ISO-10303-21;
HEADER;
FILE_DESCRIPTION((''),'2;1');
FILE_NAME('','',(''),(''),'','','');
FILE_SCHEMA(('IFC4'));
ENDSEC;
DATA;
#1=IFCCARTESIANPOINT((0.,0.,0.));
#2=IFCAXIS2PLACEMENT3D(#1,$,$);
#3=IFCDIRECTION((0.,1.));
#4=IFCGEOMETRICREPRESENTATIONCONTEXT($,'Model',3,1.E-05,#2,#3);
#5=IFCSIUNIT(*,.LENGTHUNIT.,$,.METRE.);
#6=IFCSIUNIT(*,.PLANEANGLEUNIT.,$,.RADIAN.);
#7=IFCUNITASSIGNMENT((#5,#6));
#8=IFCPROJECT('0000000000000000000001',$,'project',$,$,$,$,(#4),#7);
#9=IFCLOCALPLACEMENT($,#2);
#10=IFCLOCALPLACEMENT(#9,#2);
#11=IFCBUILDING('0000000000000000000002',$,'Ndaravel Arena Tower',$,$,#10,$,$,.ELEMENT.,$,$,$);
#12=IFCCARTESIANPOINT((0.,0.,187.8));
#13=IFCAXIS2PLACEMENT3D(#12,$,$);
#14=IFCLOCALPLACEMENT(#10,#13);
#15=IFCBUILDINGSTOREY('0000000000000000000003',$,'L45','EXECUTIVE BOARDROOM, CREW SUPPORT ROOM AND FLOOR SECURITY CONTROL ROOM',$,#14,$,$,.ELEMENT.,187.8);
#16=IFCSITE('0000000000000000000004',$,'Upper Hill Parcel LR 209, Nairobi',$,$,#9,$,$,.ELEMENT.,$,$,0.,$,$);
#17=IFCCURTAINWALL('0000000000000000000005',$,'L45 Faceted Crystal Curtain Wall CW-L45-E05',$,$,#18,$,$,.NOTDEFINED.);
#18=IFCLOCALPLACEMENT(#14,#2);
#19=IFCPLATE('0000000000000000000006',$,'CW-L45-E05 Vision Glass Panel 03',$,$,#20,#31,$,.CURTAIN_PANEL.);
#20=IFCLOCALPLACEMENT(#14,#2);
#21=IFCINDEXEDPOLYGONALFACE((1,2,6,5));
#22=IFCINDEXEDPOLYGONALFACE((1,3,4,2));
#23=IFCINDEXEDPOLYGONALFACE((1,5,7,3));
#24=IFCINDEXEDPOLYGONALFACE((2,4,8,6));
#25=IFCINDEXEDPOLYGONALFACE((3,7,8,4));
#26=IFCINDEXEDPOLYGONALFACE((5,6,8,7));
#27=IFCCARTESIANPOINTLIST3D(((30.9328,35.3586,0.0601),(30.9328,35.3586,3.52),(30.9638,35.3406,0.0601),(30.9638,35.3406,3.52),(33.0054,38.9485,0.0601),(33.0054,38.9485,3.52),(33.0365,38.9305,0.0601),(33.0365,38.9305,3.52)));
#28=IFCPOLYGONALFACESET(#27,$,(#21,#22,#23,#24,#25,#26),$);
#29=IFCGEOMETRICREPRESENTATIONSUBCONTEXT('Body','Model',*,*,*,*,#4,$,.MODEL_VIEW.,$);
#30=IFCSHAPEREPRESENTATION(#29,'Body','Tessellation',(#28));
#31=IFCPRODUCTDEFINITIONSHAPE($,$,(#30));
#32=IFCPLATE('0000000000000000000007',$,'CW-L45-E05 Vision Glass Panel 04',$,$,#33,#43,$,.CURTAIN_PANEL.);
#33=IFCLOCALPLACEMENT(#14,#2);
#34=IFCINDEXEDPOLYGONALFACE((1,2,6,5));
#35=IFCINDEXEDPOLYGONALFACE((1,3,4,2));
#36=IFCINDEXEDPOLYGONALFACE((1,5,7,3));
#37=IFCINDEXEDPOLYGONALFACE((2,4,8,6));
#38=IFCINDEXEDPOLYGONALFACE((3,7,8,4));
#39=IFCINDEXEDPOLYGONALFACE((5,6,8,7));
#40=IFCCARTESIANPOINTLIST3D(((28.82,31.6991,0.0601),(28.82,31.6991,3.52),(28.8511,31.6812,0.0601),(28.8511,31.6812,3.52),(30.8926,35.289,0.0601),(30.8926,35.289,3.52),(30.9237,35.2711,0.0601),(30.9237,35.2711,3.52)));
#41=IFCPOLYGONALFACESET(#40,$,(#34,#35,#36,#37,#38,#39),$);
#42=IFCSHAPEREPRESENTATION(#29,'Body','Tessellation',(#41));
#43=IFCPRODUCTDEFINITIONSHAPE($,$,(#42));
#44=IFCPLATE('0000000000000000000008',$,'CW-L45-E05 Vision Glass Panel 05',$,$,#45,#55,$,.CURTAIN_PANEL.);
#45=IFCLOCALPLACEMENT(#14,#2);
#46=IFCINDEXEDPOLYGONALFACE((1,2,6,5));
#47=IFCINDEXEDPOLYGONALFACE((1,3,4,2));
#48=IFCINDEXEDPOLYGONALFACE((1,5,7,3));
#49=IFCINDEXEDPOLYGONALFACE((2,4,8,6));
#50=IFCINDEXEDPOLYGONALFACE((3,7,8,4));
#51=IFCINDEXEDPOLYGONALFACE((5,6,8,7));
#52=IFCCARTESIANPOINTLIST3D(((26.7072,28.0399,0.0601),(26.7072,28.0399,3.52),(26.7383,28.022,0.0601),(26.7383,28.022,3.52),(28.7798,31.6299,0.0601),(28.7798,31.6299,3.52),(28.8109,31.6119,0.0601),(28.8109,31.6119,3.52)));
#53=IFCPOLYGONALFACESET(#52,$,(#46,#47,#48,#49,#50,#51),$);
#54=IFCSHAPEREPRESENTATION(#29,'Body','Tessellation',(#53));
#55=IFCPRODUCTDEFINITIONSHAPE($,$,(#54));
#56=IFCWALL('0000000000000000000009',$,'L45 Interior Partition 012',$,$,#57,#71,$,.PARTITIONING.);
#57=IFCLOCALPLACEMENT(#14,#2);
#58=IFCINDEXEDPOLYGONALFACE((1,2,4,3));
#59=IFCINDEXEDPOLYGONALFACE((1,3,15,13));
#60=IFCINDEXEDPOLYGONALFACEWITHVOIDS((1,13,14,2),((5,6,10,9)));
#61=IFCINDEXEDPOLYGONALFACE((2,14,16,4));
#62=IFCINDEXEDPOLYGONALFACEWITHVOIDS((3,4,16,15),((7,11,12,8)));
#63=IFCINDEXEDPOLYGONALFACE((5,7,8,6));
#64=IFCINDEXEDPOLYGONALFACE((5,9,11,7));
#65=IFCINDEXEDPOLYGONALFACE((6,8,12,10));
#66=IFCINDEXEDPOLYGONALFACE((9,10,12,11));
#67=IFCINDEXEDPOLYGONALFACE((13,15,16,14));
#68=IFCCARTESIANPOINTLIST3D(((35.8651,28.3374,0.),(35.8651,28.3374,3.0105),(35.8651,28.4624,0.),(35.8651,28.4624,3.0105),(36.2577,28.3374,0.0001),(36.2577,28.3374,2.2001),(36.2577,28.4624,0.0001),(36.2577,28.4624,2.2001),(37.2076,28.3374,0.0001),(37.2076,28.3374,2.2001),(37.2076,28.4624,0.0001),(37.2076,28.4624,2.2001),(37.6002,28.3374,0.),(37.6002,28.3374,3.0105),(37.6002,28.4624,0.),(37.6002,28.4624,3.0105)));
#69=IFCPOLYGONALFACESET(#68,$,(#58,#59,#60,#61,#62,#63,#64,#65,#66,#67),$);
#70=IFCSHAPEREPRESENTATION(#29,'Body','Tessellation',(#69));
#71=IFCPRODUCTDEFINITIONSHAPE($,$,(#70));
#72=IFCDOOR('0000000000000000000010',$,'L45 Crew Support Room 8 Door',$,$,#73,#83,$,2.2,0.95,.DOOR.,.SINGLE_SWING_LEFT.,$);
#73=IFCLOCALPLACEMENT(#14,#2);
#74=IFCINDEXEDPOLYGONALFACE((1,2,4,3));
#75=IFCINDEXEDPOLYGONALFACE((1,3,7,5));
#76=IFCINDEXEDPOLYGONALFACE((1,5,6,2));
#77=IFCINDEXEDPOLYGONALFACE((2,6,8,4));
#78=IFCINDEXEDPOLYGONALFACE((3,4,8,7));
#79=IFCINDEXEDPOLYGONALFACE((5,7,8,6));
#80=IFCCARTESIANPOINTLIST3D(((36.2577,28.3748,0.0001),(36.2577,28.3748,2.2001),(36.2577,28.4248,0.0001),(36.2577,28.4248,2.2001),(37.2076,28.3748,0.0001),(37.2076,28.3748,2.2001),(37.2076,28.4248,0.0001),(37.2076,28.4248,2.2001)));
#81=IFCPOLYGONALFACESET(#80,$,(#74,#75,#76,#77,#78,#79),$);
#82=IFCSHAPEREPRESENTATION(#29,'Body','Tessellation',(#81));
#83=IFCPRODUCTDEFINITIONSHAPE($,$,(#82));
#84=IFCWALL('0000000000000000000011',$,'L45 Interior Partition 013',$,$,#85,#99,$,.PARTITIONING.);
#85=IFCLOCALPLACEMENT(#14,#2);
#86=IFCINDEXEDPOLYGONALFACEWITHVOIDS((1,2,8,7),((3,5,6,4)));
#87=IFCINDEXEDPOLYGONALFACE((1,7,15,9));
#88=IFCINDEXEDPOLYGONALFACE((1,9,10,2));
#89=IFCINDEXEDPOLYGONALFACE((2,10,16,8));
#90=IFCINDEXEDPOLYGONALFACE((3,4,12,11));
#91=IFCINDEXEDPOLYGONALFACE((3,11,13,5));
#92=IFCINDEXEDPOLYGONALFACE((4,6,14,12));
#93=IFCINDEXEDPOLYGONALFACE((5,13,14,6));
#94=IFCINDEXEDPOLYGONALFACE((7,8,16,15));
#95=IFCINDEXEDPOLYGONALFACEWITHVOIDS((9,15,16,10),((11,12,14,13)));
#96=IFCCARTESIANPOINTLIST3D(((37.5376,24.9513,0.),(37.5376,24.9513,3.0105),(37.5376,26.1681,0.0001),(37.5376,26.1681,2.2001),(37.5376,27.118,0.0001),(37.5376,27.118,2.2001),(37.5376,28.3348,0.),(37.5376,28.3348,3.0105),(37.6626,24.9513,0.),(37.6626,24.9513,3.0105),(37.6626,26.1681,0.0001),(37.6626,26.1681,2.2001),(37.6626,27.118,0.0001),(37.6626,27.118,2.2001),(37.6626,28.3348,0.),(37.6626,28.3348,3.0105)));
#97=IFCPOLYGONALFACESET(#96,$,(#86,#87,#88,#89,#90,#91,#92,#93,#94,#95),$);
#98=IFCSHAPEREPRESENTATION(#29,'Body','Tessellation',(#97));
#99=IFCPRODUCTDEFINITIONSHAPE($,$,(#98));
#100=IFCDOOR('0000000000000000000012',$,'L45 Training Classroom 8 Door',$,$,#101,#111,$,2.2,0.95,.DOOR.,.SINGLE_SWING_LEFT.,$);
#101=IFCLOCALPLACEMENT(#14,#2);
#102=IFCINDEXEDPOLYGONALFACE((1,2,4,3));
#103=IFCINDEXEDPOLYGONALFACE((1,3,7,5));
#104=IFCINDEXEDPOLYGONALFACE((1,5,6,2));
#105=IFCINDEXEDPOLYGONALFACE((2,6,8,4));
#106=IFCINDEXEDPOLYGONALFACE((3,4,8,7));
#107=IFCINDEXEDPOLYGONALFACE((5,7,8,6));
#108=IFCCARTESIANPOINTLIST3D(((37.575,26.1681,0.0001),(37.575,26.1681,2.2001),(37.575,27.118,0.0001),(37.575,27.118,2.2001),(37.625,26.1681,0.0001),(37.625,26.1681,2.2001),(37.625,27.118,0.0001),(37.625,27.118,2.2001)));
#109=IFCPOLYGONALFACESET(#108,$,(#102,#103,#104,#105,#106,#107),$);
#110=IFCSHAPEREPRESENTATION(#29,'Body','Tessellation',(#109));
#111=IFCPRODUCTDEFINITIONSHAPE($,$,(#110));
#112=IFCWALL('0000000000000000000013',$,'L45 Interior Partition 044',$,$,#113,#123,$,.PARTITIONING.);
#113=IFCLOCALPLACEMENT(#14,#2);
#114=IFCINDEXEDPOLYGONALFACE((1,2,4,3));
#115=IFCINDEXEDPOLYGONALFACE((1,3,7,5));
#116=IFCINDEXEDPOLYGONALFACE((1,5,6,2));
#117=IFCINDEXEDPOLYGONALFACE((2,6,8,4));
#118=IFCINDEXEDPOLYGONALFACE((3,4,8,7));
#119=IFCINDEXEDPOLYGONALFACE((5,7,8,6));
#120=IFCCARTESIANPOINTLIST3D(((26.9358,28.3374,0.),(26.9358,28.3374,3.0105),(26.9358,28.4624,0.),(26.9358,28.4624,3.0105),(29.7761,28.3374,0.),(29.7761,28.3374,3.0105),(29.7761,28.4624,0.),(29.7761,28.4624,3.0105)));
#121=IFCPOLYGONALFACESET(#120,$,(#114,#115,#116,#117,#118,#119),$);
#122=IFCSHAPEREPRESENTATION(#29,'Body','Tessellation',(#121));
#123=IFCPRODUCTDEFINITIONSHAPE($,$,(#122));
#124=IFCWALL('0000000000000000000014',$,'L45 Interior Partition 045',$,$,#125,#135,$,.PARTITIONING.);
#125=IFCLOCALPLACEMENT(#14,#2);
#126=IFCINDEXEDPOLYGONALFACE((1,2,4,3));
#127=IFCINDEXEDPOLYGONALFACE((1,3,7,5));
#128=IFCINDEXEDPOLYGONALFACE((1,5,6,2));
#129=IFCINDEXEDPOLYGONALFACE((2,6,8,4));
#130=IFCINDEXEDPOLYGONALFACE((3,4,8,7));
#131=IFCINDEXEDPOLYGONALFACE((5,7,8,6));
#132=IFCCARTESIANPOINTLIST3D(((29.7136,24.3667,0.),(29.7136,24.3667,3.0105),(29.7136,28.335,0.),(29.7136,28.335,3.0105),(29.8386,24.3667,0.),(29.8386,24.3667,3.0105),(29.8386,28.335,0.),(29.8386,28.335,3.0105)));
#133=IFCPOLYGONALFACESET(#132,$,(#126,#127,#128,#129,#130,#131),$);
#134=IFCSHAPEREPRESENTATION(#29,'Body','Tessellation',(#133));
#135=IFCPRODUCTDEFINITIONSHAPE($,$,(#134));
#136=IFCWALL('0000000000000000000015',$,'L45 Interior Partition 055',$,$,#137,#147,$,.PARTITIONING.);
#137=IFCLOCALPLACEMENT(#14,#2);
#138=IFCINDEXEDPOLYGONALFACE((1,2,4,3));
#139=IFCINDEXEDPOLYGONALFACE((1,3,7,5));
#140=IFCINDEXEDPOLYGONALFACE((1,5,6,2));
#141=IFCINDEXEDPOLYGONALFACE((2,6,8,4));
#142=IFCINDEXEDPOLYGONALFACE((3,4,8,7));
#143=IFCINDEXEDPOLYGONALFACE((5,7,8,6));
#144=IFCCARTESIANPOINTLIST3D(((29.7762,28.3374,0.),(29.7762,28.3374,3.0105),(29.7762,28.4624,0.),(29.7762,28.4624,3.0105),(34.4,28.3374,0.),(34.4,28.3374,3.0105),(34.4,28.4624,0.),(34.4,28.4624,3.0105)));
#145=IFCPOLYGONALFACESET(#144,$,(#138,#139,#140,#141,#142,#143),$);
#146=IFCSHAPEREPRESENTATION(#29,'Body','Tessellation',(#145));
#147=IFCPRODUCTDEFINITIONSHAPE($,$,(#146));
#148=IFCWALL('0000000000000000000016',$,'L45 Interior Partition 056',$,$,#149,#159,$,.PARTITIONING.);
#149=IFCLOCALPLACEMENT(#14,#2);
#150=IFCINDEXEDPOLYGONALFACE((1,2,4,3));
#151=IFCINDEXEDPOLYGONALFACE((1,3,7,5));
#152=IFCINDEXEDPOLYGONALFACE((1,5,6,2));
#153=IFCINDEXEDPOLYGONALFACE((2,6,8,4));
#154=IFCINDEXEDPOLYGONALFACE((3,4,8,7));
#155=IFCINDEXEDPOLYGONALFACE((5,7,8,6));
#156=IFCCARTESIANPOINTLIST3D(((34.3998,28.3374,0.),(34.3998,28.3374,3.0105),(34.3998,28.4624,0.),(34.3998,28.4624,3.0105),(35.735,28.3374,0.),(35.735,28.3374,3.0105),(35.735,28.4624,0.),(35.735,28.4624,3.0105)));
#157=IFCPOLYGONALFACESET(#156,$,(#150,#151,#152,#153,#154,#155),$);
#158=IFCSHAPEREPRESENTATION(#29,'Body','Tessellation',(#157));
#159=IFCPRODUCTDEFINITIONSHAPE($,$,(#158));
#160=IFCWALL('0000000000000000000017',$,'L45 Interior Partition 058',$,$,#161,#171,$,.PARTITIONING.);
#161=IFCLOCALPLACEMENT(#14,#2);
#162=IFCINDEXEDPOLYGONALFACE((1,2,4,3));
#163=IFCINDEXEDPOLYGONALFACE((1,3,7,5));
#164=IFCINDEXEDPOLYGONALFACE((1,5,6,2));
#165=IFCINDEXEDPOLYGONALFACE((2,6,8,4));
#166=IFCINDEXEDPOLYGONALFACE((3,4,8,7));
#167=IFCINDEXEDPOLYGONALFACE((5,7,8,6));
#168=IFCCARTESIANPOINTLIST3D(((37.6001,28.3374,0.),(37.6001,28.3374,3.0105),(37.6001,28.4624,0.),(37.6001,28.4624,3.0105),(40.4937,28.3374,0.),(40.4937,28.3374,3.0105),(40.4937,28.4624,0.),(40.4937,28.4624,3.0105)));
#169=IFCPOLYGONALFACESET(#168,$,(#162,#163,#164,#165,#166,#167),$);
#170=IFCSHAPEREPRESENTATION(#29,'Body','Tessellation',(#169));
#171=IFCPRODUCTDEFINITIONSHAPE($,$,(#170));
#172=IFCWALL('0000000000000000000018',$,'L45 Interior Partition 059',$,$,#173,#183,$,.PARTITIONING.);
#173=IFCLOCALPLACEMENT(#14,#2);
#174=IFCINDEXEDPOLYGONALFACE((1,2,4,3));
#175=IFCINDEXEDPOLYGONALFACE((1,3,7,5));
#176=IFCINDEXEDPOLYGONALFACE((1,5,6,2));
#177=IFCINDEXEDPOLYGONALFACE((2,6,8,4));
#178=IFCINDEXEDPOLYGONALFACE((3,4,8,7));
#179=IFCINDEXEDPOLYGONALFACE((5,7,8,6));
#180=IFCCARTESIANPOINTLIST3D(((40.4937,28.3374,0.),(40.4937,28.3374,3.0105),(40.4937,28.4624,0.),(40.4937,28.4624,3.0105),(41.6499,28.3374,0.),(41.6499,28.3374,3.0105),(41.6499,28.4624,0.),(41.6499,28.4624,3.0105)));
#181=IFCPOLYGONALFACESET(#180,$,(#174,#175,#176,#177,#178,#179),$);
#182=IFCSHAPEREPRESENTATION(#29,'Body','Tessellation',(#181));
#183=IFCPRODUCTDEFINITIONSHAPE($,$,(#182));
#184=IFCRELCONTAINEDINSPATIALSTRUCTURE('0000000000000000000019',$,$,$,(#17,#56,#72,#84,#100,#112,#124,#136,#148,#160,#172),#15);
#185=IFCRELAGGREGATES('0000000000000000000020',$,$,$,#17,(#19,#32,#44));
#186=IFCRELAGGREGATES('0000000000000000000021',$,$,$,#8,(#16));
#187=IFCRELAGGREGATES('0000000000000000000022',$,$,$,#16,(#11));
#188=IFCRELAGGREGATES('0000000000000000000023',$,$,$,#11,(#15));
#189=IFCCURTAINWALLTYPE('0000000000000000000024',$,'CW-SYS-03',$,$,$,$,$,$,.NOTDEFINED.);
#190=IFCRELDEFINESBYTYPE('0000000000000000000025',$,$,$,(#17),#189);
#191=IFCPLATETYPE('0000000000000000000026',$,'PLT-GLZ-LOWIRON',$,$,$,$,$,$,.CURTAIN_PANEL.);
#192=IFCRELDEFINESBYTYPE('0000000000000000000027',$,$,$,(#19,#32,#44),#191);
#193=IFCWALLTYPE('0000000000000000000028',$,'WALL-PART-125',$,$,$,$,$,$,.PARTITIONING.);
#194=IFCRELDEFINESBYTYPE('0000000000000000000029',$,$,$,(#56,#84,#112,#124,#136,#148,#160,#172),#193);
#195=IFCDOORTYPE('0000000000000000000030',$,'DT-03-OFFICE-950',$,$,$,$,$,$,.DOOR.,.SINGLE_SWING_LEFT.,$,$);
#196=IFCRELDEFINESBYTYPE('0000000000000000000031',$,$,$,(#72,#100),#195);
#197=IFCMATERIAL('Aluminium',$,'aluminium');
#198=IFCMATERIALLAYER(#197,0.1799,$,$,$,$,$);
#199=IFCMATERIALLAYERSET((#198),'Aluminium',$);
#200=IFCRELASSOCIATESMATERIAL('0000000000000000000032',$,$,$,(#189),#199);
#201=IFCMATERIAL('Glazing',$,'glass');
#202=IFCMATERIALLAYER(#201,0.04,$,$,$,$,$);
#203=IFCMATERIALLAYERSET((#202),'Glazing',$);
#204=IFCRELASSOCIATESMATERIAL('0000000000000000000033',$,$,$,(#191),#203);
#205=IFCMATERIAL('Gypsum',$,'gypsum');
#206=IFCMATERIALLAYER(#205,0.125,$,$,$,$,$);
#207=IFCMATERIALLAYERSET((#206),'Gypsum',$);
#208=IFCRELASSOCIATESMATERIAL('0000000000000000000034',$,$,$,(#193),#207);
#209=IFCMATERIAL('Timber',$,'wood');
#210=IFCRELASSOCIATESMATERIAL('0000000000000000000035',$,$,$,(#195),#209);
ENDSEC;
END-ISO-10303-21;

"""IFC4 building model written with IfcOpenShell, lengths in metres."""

from ifc_helpers import new_model, si_unit, direction, frame, frame_2d, origin, origin_2d, place, context, subcontext, project, spatial, rectangle, extrude, material, layer, layer_set, type_object, element, fill, aggregate, save


model = new_model("IFC4")

# Units and contexts
model_context = context("Model", 3, precision=1e-05, world=origin(), true_north=direction((0.0, 1.0)))
body_context = subcontext(model_context, "Body", "Model", "MODEL_VIEW")
ifc_project = project(units=[si_unit("LENGTHUNIT", "METRE"), si_unit("PLANEANGLEUNIT", "RADIAN")], contexts=[model_context])

# Site, building, storey
site_placement = place(None, origin())
site = spatial("IfcSite", under=ifc_project, at=site_placement, Name="Upper Hill Parcel LR 209, Nairobi", CompositionType="ELEMENT", RefElevation=0.0)
building_placement = place(site_placement, origin())
building = spatial("IfcBuilding", under=site, at=building_placement, Name="Ndaravel Arena Tower", CompositionType="ELEMENT")
storey_placement = place(building_placement, frame((0.0, 0.0, 187.8)))
storey = spatial("IfcBuildingStorey", under=building, at=storey_placement, Name="L45", Description="EXECUTIVE BOARDROOM, CREW SUPPORT ROOM AND FLOOR SECURITY CONTROL ROOM", CompositionType="ELEMENT", Elevation=187.8)

# Curtain wall, plates
ifc_material_1 = material(Name="Aluminium", Category="aluminium")
ifc_layer_1 = layer(ifc_material_1, 0.1799)
ifc_layer_set_1 = layer_set([ifc_layer_1], Name="Aluminium")
curtain_wall_type = type_object("IfcCurtainWallType", Name="CW-SYS-03", PredefinedType="NOTDEFINED", material=ifc_layer_set_1)
curtain_wall_placement = place(storey_placement, origin())
curtain_wall = element("IfcCurtainWall", 1, at=curtain_wall_placement, inside=storey, type_object=curtain_wall_type, Name="L45 Faceted Crystal Curtain Wall CW-L45-E05", PredefinedType="NOTDEFINED")
ifc_material_2 = material(Name="Glazing", Category="glass")
ifc_layer_2 = layer(ifc_material_2, 0.04)
ifc_layer_set_2 = layer_set([ifc_layer_2], Name="Glazing")
plate_type = type_object("IfcPlateType", Name="PLT-GLZ-LOWIRON", PredefinedType="CURTAIN_PANEL", material=ifc_layer_set_2)
plate_1_placement = place(storey_placement, frame((31.9846, 37.1445, 0.0601), z_axis=(0.0, 0.0, 1.0), x_axis=(-0.5, -0.866025, 0.0)))
plate_1 = element("IfcPlate", 2, at=plate_1_placement, type_object=plate_type, Name="CW-L45-E05 Vision Glass Panel 03", PredefinedType="CURTAIN_PANEL", context=body_context, shape_type="SweptSolid", body=[
    extrude(rectangle(XDim=4.1453, YDim=0.0359, at=origin_2d()), origin(), (0.0, 0.0, 1.0), 3.46),
])
plate_2_placement = place(storey_placement, frame((29.8718, 33.4851, 0.0601), z_axis=(0.0, 0.0, 1.0), x_axis=(-0.5, -0.866025, 0.0)))
plate_2 = element("IfcPlate", 3, at=plate_2_placement, type_object=plate_type, Name="CW-L45-E05 Vision Glass Panel 04", PredefinedType="CURTAIN_PANEL", context=body_context, shape_type="SweptSolid", body=[
    extrude(rectangle(XDim=4.1453, YDim=0.0359, at=origin_2d()), origin(), (0.0, 0.0, 1.0), 3.46),
])
plate_3_placement = place(storey_placement, frame((27.759, 29.8259, 0.0601), z_axis=(0.0, 0.0, 1.0), x_axis=(-0.5, -0.866025, 0.0)))
plate_3 = element("IfcPlate", 4, at=plate_3_placement, type_object=plate_type, Name="CW-L45-E05 Vision Glass Panel 05", PredefinedType="CURTAIN_PANEL", context=body_context, shape_type="SweptSolid", body=[
    extrude(rectangle(XDim=4.1453, YDim=0.0359, at=origin_2d()), origin(), (0.0, 0.0, 1.0), 3.46),
])
aggregate(curtain_wall, [plate_1, plate_2, plate_3])

# Walls, openings, doors
ifc_material_3 = material(Name="Gypsum", Category="gypsum")
ifc_layer_3 = layer(ifc_material_3, 0.125)
ifc_layer_set_3 = layer_set([ifc_layer_3], Name="Gypsum")
wall_type = type_object("IfcWallType", Name="WALL-PART-125", PredefinedType="PARTITIONING", material=ifc_layer_set_3)
wall_1_placement = place(storey_placement, frame((35.865, 28.3999, 0.0), z_axis=(0.0, 0.0, 1.0), x_axis=(1.0, 0.0, 0.0)))
wall_1 = element("IfcWall", 5, at=wall_1_placement, inside=storey, type_object=wall_type, Name="L45 Interior Partition 012", PredefinedType="PARTITIONING", context=body_context, shape_type="SweptSolid", body=[
    extrude(rectangle(XDim=1.7351, YDim=0.125, at=frame_2d((0.8677, 0.0))), origin(), (0.0, 0.0, 1.0), 3.0105),
])
opening_1_placement = place(wall_1_placement, frame((0.3926, 0.0, 0.0)))
opening_1 = element("IfcOpeningElement", 6, at=opening_1_placement, cuts=wall_1, PredefinedType="OPENING", context=body_context, shape_type="SweptSolid", body=[
    extrude(rectangle(XDim=0.95, YDim=2.2, at=frame_2d((0.4751, 1.1001))), frame((0.0, 0.0625, 0.0), z_axis=(0.0, -1.0, 0.0), x_axis=(1.0, 0.0, 0.0)), (0.0, 0.0, 1.0), 0.125),
])
ifc_material_4 = material(Name="Timber", Category="wood")
door_type = type_object("IfcDoorType", Name="DT-03-OFFICE-950", OperationType="SINGLE_SWING_LEFT", PredefinedType="DOOR", material=ifc_material_4)
door_1_placement = place(opening_1_placement, origin())
door_1 = element("IfcDoor", 7, at=door_1_placement, inside=storey, type_object=door_type, Name="L45 Crew Support Room 8 Door", OperationType="SINGLE_SWING_LEFT", OverallHeight=2.2, OverallWidth=0.95, PredefinedType="DOOR", context=body_context, shape_type="SweptSolid", body=[
    extrude(rectangle(XDim=0.95, YDim=2.2, at=frame_2d((0.4751, 1.1001))), frame((0.0, 0.0249, 0.0), z_axis=(0.0, -1.0, 0.0), x_axis=(1.0, 0.0, 0.0)), (0.0, 0.0, 1.0), 0.05),
])
fill(opening_1, door_1)
wall_2_placement = place(storey_placement, frame((37.6001, 28.335, 0.0), z_axis=(0.0, 0.0, 1.0), x_axis=(0.0, -1.0, 0.0)))
wall_2 = element("IfcWall", 8, at=wall_2_placement, inside=storey, type_object=wall_type, Name="L45 Interior Partition 013", PredefinedType="PARTITIONING", context=body_context, shape_type="SweptSolid", body=[
    extrude(rectangle(XDim=3.3835, YDim=0.125, at=frame_2d((1.6919, 0.0))), origin(), (0.0, 0.0, 1.0), 3.0105),
])
opening_2_placement = place(wall_2_placement, frame((1.2168, 0.0, 0.0)))
opening_2 = element("IfcOpeningElement", 9, at=opening_2_placement, cuts=wall_2, PredefinedType="OPENING", context=body_context, shape_type="SweptSolid", body=[
    extrude(rectangle(XDim=0.95, YDim=2.2, at=frame_2d((0.4751, 1.1001))), frame((0.0, 0.0625, 0.0), z_axis=(0.0, -1.0, 0.0), x_axis=(1.0, 0.0, 0.0)), (0.0, 0.0, 1.0), 0.125),
])
door_2_placement = place(opening_2_placement, origin())
door_2 = element("IfcDoor", 10, at=door_2_placement, inside=storey, type_object=door_type, Name="L45 Training Classroom 8 Door", OperationType="SINGLE_SWING_LEFT", OverallHeight=2.2, OverallWidth=0.95, PredefinedType="DOOR", context=body_context, shape_type="SweptSolid", body=[
    extrude(rectangle(XDim=0.95, YDim=2.2, at=frame_2d((0.4751, 1.1001))), frame((0.0, 0.0249, 0.0), z_axis=(0.0, -1.0, 0.0), x_axis=(1.0, 0.0, 0.0)), (0.0, 0.0, 1.0), 0.05),
])
fill(opening_2, door_2)

# Walls
wall_3_placement = place(storey_placement, frame((26.9358, 28.3999, 0.0), z_axis=(0.0, 0.0, 1.0), x_axis=(1.0, 0.0, 0.0)))
element("IfcWall", 11, at=wall_3_placement, inside=storey, type_object=wall_type, Name="L45 Interior Partition 044", PredefinedType="PARTITIONING", context=body_context, shape_type="SweptSolid", body=[
    extrude(rectangle(XDim=2.8403, YDim=0.125, at=frame_2d((1.4202, 0.0))), origin(), (0.0, 0.0, 1.0), 3.0105),
])
wall_4_placement = place(storey_placement, frame((29.7761, 28.335, 0.0), z_axis=(0.0, 0.0, 1.0), x_axis=(0.0, -1.0, 0.0)))
element("IfcWall", 12, at=wall_4_placement, inside=storey, type_object=wall_type, Name="L45 Interior Partition 045", PredefinedType="PARTITIONING", context=body_context, shape_type="SweptSolid", body=[
    extrude(rectangle(XDim=3.9683, YDim=0.125, at=frame_2d((1.9841, 0.0))), origin(), (0.0, 0.0, 1.0), 3.0105),
])
wall_5_placement = place(storey_placement, frame((29.7761, 28.3999, 0.0), z_axis=(0.0, 0.0, 1.0), x_axis=(1.0, 0.0, 0.0)))
element("IfcWall", 13, at=wall_5_placement, inside=storey, type_object=wall_type, Name="L45 Interior Partition 055", PredefinedType="PARTITIONING", context=body_context, shape_type="SweptSolid", body=[
    extrude(rectangle(XDim=4.6238, YDim=0.125, at=frame_2d((2.312, 0.0))), origin(), (0.0, 0.0, 1.0), 3.0105),
])
wall_6_placement = place(storey_placement, frame((34.3999, 28.3999, 0.0), z_axis=(0.0, 0.0, 1.0), x_axis=(1.0, 0.0, 0.0)))
element("IfcWall", 14, at=wall_6_placement, inside=storey, type_object=wall_type, Name="L45 Interior Partition 056", PredefinedType="PARTITIONING", context=body_context, shape_type="SweptSolid", body=[
    extrude(rectangle(XDim=1.3352, YDim=0.125, at=frame_2d((0.6675, 0.0))), origin(), (0.0, 0.0, 1.0), 3.0105),
])
wall_7_placement = place(storey_placement, frame((37.6001, 28.3999, 0.0), z_axis=(0.0, 0.0, 1.0), x_axis=(1.0, 0.0, 0.0)))
element("IfcWall", 15, at=wall_7_placement, inside=storey, type_object=wall_type, Name="L45 Interior Partition 058", PredefinedType="PARTITIONING", context=body_context, shape_type="SweptSolid", body=[
    extrude(rectangle(XDim=2.8936, YDim=0.125, at=frame_2d((1.4468, 0.0))), origin(), (0.0, 0.0, 1.0), 3.0105),
])
wall_8_placement = place(storey_placement, frame((40.4937, 28.3999, 0.0), z_axis=(0.0, 0.0, 1.0), x_axis=(1.0, 0.0, 0.0)))
element("IfcWall", 16, at=wall_8_placement, inside=storey, type_object=wall_type, Name="L45 Interior Partition 059", PredefinedType="PARTITIONING", context=body_context, shape_type="SweptSolid", body=[
    extrude(rectangle(XDim=1.1562, YDim=0.125, at=frame_2d((0.5781, 0.0))), origin(), (0.0, 0.0, 1.0), 3.0105),
])

save(model, "model.ifc")
